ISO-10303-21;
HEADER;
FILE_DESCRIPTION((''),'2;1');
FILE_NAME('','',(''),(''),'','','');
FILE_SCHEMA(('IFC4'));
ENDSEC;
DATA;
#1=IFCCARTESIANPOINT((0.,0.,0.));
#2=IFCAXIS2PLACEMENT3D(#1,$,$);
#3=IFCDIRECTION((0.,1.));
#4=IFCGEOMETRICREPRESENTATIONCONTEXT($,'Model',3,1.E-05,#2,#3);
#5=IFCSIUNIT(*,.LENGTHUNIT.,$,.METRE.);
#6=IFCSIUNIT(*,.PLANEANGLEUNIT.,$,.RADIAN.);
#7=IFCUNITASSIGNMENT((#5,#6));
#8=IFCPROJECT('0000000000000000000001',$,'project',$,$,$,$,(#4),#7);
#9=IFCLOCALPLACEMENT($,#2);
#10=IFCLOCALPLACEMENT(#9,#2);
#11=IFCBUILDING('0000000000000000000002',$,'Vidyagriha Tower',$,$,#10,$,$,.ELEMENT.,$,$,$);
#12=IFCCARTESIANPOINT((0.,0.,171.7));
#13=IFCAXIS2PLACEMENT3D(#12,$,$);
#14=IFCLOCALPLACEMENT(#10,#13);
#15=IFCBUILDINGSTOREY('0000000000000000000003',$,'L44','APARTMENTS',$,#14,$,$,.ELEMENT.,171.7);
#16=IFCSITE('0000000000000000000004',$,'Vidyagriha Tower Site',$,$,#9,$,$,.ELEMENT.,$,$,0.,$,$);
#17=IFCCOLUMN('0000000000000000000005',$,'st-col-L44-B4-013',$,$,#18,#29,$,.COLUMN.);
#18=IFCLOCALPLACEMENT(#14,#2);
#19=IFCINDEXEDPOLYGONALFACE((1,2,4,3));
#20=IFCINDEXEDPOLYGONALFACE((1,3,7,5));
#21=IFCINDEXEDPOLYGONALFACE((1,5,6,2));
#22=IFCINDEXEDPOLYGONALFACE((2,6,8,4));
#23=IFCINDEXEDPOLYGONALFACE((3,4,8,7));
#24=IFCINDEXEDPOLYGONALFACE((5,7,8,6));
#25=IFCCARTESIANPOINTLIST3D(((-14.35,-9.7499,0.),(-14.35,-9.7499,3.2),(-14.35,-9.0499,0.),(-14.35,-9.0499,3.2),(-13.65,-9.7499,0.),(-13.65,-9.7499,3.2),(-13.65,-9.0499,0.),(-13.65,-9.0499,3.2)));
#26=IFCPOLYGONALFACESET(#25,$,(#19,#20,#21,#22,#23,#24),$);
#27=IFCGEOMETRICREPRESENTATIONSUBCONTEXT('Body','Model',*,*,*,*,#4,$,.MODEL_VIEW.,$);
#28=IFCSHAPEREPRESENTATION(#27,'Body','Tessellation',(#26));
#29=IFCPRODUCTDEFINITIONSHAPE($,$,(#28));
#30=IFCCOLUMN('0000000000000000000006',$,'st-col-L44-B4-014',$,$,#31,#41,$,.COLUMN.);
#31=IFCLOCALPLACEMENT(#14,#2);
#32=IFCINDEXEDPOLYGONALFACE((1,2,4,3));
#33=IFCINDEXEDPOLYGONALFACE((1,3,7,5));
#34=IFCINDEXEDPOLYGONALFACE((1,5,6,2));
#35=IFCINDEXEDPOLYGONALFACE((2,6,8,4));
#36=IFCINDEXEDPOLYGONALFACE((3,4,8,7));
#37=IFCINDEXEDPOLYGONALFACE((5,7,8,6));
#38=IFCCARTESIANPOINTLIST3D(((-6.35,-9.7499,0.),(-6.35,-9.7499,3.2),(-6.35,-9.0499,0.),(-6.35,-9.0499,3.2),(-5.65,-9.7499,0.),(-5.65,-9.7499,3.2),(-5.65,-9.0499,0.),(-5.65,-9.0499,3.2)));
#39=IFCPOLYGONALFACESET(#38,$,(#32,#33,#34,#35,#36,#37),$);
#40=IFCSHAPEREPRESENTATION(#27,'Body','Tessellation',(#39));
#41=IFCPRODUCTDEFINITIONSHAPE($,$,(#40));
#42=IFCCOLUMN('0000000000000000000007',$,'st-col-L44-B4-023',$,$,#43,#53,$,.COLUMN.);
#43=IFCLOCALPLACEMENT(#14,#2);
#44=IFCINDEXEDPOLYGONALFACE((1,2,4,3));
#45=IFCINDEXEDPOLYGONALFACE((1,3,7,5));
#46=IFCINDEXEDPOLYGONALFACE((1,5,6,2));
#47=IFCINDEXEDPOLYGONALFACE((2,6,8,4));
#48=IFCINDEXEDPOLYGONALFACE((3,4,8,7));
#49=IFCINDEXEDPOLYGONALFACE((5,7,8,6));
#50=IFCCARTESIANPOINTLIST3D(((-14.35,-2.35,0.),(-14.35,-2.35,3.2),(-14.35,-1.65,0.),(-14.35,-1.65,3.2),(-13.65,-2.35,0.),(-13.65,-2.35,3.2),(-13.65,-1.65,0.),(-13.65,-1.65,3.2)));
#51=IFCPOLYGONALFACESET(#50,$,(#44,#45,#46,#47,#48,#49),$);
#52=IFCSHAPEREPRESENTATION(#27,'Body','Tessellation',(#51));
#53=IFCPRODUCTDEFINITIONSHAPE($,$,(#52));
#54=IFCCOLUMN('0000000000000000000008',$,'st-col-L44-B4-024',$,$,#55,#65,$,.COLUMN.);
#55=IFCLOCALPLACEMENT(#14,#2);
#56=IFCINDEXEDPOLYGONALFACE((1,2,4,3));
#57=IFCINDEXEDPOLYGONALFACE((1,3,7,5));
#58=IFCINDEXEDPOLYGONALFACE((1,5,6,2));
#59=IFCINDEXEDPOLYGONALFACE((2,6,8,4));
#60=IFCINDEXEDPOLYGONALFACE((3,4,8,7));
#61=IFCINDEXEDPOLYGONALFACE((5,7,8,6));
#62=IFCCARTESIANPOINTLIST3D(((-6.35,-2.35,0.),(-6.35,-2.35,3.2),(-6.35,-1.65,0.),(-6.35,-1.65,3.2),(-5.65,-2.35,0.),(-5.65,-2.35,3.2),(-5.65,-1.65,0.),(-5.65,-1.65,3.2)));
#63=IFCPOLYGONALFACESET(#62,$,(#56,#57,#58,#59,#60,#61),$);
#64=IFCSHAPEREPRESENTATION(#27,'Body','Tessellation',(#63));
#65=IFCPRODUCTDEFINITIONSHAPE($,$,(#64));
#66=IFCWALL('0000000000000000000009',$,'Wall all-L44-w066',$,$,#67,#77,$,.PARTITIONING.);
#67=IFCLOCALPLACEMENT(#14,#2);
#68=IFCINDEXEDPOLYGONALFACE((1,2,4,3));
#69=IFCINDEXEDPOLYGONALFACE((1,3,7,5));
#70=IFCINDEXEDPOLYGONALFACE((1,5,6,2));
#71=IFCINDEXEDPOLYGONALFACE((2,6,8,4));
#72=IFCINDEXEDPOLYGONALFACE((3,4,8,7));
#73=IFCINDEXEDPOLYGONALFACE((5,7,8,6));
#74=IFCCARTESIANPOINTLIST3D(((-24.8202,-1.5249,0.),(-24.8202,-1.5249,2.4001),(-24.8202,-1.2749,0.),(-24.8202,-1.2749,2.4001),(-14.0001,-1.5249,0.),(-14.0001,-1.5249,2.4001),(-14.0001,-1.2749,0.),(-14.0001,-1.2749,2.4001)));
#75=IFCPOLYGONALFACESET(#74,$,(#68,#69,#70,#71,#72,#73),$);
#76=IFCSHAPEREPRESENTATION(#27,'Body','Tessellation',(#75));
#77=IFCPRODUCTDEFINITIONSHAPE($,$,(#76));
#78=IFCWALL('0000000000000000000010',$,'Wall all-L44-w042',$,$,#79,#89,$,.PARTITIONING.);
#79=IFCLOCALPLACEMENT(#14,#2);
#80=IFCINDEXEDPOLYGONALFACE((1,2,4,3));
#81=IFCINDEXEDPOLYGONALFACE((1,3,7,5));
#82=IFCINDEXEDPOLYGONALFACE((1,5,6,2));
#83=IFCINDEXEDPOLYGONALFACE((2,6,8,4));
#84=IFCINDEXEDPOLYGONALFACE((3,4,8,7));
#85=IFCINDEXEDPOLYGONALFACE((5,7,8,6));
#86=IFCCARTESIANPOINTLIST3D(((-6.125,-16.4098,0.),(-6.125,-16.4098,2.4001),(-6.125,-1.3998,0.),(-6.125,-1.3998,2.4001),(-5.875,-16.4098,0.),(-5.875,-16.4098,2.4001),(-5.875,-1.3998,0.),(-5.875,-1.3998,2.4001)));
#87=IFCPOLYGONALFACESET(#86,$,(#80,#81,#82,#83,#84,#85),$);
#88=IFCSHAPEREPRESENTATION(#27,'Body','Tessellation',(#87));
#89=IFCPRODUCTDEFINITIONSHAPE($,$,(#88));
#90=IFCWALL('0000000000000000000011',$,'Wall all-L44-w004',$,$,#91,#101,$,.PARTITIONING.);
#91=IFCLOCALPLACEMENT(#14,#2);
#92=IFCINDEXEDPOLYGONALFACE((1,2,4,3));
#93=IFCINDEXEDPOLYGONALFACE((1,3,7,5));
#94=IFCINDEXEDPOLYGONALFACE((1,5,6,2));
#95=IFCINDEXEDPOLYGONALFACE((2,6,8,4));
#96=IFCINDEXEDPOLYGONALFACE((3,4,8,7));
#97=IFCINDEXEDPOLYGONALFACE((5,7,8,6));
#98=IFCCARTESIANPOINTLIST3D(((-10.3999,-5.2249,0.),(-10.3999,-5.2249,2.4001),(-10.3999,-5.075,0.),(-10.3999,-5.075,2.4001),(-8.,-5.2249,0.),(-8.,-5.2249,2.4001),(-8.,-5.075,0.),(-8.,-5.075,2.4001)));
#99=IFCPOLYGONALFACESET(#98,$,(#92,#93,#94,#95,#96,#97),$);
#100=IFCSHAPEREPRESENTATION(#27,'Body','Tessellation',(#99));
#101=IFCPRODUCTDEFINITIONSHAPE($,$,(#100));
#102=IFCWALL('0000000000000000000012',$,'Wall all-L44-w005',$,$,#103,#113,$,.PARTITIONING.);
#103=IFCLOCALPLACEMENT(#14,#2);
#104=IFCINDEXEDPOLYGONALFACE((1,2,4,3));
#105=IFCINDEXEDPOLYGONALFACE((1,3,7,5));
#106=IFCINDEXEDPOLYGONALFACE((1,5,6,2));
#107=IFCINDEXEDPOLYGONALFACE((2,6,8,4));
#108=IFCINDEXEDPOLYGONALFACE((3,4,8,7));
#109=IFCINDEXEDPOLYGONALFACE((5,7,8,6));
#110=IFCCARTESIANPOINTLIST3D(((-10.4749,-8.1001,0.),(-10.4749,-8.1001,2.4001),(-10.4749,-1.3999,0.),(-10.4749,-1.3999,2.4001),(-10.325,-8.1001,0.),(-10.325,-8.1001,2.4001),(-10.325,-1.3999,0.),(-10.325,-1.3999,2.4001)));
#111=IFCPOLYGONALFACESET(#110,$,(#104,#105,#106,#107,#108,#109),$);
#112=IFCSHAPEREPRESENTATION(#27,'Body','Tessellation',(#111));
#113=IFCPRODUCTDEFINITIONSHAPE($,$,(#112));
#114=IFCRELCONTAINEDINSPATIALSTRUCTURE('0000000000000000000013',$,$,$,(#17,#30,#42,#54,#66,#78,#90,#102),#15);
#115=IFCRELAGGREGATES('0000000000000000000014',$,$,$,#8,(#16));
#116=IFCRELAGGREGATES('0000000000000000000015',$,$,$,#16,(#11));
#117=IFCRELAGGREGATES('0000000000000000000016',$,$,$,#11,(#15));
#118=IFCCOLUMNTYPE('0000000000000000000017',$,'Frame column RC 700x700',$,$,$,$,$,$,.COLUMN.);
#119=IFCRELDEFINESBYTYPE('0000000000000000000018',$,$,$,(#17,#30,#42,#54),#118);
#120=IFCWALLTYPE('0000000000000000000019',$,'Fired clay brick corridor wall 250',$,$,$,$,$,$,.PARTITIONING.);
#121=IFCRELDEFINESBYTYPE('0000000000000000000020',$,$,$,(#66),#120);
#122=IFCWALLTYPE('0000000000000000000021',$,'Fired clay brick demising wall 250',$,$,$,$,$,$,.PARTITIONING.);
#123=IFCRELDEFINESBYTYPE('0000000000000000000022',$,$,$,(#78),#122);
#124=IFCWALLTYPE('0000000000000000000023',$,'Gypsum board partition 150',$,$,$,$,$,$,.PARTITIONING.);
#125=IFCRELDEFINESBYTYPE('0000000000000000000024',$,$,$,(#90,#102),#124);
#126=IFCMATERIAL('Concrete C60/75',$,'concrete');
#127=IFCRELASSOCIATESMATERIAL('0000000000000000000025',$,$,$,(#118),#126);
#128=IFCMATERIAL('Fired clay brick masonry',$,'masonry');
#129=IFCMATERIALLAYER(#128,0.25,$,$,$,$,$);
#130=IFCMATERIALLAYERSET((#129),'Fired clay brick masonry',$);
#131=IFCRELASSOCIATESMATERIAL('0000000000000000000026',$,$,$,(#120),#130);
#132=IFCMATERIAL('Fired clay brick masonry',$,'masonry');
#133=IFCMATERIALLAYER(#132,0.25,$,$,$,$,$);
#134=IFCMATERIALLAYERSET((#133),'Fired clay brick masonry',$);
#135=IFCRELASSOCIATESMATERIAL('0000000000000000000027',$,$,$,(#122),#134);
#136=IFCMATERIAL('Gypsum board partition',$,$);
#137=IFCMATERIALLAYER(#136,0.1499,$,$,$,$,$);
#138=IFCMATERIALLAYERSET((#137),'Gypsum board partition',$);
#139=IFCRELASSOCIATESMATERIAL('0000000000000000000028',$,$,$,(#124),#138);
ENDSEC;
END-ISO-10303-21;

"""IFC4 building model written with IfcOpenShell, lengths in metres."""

from ifc_helpers import new_model, si_unit, direction, frame, frame_2d, origin, origin_2d, place, context, subcontext, project, spatial, rectangle, extrude, material, layer, layer_set, material_profile, profile_set, type_object, element, save


model = new_model("IFC4")

# Units and contexts
model_context = context("Model", 3, precision=1e-05, world=origin(), true_north=direction((0.0, 1.0)))
body_context = subcontext(model_context, "Body", "Model", "MODEL_VIEW")
ifc_project = project(units=[si_unit("LENGTHUNIT", "METRE"), si_unit("PLANEANGLEUNIT", "RADIAN")], contexts=[model_context])

# Site, building, storey
site_placement = place(None, origin())
site = spatial("IfcSite", under=ifc_project, at=site_placement, Name="Vidyagriha Tower Site", CompositionType="ELEMENT", RefElevation=0.0)
building_placement = place(site_placement, origin())
building = spatial("IfcBuilding", under=site, at=building_placement, Name="Vidyagriha Tower", CompositionType="ELEMENT")
storey_placement = place(building_placement, frame((0.0, 0.0, 171.7)))
storey = spatial("IfcBuildingStorey", under=building, at=storey_placement, Name="L44", Description="APARTMENTS", CompositionType="ELEMENT", Elevation=171.7)

# Columns
ifc_material_1 = material(Name="Concrete C60/75", Category="concrete")
ifc_material_profile = material_profile(ifc_material_1, rectangle(XDim=0.7, YDim=0.7, at=origin_2d()), Name="RC 700x700")
ifc_profile_set = profile_set([ifc_material_profile], Name="Concrete C60/75")
column_type = type_object("IfcColumnType", Name="Frame column RC 700x700", PredefinedType="COLUMN", material=ifc_profile_set)
for number, where, name in (
    (1, (-14.0, -9.3999, 0.0), "st-col-L44-B4-013"),
    (2, (-6.0, -9.3999, 0.0), "st-col-L44-B4-014"),
    (3, (-14.0, -2.0, 0.0), "st-col-L44-B4-023"),
    (4, (-6.0, -2.0, 0.0), "st-col-L44-B4-024"),
):
    element("IfcColumn", number, at=place(storey_placement, frame(where)), inside=storey, type_object=column_type, Name=name, PredefinedType="COLUMN", context=body_context, shape_type="SweptSolid", body=[
        extrude(rectangle(XDim=0.7, YDim=0.7, at=origin_2d()), origin(), (0.0, 0.0, 1.0), 3.2),
    ])

# Walls
ifc_material_2 = material(Name="Fired clay brick masonry", Category="masonry")
ifc_layer_1 = layer(ifc_material_2, 0.25)
ifc_layer_set_1 = layer_set([ifc_layer_1], Name="Fired clay brick masonry")
wall_type_1 = type_object("IfcWallType", Name="Fired clay brick corridor wall 250", PredefinedType="PARTITIONING", material=ifc_layer_set_1)
wall_1_placement = place(storey_placement, frame((-14.0, -1.3999, 0.0), z_axis=(0.0, 0.0, 1.0), x_axis=(-1.0, 0.0, 0.0)))
element("IfcWall", 5, at=wall_1_placement, inside=storey, type_object=wall_type_1, Name="Wall all-L44-w066", PredefinedType="PARTITIONING", context=body_context, shape_type="SweptSolid", body=[
    extrude(rectangle(XDim=10.8201, YDim=0.25, at=frame_2d((5.4102, 0.0))), origin(), (0.0, 0.0, 1.0), 2.4001),
])
ifc_material_3 = material(Name="Fired clay brick masonry", Category="masonry")
ifc_layer_2 = layer(ifc_material_3, 0.25)
ifc_layer_set_2 = layer_set([ifc_layer_2], Name="Fired clay brick masonry")
wall_type_2 = type_object("IfcWallType", Name="Fired clay brick demising wall 250", PredefinedType="PARTITIONING", material=ifc_layer_set_2)
wall_2_placement = place(storey_placement, frame((-6.0, -1.3999, 0.0), z_axis=(0.0, 0.0, 1.0), x_axis=(0.0, -1.0, 0.0)))
element("IfcWall", 6, at=wall_2_placement, inside=storey, type_object=wall_type_2, Name="Wall all-L44-w042", PredefinedType="PARTITIONING", context=body_context, shape_type="SweptSolid", body=[
    extrude(rectangle(XDim=15.01, YDim=0.25, at=frame_2d((7.5049, 0.0))), origin(), (0.0, 0.0, 1.0), 2.4001),
])
ifc_material_4 = material(Name="Gypsum board partition")
ifc_layer_3 = layer(ifc_material_4, 0.1499)
ifc_layer_set_3 = layer_set([ifc_layer_3], Name="Gypsum board partition")
wall_type_3 = type_object("IfcWallType", Name="Gypsum board partition 150", PredefinedType="PARTITIONING", material=ifc_layer_set_3)
wall_3_placement = place(storey_placement, frame((-8.0, -5.1499, 0.0), z_axis=(0.0, 0.0, 1.0), x_axis=(-1.0, 0.0, 0.0)))
element("IfcWall", 7, at=wall_3_placement, inside=storey, type_object=wall_type_3, Name="Wall all-L44-w004", PredefinedType="PARTITIONING", context=body_context, shape_type="SweptSolid", body=[
    extrude(rectangle(XDim=2.3999, YDim=0.1499, at=frame_2d((1.2, 0.0))), origin(), (0.0, 0.0, 1.0), 2.4001),
])
wall_4_placement = place(storey_placement, frame((-10.3999, -8.1001, 0.0), z_axis=(0.0, 0.0, 1.0), x_axis=(0.0, 1.0, 0.0)))
element("IfcWall", 8, at=wall_4_placement, inside=storey, type_object=wall_type_3, Name="Wall all-L44-w005", PredefinedType="PARTITIONING", context=body_context, shape_type="SweptSolid", body=[
    extrude(rectangle(XDim=6.7002, YDim=0.1499, at=frame_2d((3.3501, 0.0))), origin(), (0.0, 0.0, 1.0), 2.4001),
])

save(model, "model.ifc")
